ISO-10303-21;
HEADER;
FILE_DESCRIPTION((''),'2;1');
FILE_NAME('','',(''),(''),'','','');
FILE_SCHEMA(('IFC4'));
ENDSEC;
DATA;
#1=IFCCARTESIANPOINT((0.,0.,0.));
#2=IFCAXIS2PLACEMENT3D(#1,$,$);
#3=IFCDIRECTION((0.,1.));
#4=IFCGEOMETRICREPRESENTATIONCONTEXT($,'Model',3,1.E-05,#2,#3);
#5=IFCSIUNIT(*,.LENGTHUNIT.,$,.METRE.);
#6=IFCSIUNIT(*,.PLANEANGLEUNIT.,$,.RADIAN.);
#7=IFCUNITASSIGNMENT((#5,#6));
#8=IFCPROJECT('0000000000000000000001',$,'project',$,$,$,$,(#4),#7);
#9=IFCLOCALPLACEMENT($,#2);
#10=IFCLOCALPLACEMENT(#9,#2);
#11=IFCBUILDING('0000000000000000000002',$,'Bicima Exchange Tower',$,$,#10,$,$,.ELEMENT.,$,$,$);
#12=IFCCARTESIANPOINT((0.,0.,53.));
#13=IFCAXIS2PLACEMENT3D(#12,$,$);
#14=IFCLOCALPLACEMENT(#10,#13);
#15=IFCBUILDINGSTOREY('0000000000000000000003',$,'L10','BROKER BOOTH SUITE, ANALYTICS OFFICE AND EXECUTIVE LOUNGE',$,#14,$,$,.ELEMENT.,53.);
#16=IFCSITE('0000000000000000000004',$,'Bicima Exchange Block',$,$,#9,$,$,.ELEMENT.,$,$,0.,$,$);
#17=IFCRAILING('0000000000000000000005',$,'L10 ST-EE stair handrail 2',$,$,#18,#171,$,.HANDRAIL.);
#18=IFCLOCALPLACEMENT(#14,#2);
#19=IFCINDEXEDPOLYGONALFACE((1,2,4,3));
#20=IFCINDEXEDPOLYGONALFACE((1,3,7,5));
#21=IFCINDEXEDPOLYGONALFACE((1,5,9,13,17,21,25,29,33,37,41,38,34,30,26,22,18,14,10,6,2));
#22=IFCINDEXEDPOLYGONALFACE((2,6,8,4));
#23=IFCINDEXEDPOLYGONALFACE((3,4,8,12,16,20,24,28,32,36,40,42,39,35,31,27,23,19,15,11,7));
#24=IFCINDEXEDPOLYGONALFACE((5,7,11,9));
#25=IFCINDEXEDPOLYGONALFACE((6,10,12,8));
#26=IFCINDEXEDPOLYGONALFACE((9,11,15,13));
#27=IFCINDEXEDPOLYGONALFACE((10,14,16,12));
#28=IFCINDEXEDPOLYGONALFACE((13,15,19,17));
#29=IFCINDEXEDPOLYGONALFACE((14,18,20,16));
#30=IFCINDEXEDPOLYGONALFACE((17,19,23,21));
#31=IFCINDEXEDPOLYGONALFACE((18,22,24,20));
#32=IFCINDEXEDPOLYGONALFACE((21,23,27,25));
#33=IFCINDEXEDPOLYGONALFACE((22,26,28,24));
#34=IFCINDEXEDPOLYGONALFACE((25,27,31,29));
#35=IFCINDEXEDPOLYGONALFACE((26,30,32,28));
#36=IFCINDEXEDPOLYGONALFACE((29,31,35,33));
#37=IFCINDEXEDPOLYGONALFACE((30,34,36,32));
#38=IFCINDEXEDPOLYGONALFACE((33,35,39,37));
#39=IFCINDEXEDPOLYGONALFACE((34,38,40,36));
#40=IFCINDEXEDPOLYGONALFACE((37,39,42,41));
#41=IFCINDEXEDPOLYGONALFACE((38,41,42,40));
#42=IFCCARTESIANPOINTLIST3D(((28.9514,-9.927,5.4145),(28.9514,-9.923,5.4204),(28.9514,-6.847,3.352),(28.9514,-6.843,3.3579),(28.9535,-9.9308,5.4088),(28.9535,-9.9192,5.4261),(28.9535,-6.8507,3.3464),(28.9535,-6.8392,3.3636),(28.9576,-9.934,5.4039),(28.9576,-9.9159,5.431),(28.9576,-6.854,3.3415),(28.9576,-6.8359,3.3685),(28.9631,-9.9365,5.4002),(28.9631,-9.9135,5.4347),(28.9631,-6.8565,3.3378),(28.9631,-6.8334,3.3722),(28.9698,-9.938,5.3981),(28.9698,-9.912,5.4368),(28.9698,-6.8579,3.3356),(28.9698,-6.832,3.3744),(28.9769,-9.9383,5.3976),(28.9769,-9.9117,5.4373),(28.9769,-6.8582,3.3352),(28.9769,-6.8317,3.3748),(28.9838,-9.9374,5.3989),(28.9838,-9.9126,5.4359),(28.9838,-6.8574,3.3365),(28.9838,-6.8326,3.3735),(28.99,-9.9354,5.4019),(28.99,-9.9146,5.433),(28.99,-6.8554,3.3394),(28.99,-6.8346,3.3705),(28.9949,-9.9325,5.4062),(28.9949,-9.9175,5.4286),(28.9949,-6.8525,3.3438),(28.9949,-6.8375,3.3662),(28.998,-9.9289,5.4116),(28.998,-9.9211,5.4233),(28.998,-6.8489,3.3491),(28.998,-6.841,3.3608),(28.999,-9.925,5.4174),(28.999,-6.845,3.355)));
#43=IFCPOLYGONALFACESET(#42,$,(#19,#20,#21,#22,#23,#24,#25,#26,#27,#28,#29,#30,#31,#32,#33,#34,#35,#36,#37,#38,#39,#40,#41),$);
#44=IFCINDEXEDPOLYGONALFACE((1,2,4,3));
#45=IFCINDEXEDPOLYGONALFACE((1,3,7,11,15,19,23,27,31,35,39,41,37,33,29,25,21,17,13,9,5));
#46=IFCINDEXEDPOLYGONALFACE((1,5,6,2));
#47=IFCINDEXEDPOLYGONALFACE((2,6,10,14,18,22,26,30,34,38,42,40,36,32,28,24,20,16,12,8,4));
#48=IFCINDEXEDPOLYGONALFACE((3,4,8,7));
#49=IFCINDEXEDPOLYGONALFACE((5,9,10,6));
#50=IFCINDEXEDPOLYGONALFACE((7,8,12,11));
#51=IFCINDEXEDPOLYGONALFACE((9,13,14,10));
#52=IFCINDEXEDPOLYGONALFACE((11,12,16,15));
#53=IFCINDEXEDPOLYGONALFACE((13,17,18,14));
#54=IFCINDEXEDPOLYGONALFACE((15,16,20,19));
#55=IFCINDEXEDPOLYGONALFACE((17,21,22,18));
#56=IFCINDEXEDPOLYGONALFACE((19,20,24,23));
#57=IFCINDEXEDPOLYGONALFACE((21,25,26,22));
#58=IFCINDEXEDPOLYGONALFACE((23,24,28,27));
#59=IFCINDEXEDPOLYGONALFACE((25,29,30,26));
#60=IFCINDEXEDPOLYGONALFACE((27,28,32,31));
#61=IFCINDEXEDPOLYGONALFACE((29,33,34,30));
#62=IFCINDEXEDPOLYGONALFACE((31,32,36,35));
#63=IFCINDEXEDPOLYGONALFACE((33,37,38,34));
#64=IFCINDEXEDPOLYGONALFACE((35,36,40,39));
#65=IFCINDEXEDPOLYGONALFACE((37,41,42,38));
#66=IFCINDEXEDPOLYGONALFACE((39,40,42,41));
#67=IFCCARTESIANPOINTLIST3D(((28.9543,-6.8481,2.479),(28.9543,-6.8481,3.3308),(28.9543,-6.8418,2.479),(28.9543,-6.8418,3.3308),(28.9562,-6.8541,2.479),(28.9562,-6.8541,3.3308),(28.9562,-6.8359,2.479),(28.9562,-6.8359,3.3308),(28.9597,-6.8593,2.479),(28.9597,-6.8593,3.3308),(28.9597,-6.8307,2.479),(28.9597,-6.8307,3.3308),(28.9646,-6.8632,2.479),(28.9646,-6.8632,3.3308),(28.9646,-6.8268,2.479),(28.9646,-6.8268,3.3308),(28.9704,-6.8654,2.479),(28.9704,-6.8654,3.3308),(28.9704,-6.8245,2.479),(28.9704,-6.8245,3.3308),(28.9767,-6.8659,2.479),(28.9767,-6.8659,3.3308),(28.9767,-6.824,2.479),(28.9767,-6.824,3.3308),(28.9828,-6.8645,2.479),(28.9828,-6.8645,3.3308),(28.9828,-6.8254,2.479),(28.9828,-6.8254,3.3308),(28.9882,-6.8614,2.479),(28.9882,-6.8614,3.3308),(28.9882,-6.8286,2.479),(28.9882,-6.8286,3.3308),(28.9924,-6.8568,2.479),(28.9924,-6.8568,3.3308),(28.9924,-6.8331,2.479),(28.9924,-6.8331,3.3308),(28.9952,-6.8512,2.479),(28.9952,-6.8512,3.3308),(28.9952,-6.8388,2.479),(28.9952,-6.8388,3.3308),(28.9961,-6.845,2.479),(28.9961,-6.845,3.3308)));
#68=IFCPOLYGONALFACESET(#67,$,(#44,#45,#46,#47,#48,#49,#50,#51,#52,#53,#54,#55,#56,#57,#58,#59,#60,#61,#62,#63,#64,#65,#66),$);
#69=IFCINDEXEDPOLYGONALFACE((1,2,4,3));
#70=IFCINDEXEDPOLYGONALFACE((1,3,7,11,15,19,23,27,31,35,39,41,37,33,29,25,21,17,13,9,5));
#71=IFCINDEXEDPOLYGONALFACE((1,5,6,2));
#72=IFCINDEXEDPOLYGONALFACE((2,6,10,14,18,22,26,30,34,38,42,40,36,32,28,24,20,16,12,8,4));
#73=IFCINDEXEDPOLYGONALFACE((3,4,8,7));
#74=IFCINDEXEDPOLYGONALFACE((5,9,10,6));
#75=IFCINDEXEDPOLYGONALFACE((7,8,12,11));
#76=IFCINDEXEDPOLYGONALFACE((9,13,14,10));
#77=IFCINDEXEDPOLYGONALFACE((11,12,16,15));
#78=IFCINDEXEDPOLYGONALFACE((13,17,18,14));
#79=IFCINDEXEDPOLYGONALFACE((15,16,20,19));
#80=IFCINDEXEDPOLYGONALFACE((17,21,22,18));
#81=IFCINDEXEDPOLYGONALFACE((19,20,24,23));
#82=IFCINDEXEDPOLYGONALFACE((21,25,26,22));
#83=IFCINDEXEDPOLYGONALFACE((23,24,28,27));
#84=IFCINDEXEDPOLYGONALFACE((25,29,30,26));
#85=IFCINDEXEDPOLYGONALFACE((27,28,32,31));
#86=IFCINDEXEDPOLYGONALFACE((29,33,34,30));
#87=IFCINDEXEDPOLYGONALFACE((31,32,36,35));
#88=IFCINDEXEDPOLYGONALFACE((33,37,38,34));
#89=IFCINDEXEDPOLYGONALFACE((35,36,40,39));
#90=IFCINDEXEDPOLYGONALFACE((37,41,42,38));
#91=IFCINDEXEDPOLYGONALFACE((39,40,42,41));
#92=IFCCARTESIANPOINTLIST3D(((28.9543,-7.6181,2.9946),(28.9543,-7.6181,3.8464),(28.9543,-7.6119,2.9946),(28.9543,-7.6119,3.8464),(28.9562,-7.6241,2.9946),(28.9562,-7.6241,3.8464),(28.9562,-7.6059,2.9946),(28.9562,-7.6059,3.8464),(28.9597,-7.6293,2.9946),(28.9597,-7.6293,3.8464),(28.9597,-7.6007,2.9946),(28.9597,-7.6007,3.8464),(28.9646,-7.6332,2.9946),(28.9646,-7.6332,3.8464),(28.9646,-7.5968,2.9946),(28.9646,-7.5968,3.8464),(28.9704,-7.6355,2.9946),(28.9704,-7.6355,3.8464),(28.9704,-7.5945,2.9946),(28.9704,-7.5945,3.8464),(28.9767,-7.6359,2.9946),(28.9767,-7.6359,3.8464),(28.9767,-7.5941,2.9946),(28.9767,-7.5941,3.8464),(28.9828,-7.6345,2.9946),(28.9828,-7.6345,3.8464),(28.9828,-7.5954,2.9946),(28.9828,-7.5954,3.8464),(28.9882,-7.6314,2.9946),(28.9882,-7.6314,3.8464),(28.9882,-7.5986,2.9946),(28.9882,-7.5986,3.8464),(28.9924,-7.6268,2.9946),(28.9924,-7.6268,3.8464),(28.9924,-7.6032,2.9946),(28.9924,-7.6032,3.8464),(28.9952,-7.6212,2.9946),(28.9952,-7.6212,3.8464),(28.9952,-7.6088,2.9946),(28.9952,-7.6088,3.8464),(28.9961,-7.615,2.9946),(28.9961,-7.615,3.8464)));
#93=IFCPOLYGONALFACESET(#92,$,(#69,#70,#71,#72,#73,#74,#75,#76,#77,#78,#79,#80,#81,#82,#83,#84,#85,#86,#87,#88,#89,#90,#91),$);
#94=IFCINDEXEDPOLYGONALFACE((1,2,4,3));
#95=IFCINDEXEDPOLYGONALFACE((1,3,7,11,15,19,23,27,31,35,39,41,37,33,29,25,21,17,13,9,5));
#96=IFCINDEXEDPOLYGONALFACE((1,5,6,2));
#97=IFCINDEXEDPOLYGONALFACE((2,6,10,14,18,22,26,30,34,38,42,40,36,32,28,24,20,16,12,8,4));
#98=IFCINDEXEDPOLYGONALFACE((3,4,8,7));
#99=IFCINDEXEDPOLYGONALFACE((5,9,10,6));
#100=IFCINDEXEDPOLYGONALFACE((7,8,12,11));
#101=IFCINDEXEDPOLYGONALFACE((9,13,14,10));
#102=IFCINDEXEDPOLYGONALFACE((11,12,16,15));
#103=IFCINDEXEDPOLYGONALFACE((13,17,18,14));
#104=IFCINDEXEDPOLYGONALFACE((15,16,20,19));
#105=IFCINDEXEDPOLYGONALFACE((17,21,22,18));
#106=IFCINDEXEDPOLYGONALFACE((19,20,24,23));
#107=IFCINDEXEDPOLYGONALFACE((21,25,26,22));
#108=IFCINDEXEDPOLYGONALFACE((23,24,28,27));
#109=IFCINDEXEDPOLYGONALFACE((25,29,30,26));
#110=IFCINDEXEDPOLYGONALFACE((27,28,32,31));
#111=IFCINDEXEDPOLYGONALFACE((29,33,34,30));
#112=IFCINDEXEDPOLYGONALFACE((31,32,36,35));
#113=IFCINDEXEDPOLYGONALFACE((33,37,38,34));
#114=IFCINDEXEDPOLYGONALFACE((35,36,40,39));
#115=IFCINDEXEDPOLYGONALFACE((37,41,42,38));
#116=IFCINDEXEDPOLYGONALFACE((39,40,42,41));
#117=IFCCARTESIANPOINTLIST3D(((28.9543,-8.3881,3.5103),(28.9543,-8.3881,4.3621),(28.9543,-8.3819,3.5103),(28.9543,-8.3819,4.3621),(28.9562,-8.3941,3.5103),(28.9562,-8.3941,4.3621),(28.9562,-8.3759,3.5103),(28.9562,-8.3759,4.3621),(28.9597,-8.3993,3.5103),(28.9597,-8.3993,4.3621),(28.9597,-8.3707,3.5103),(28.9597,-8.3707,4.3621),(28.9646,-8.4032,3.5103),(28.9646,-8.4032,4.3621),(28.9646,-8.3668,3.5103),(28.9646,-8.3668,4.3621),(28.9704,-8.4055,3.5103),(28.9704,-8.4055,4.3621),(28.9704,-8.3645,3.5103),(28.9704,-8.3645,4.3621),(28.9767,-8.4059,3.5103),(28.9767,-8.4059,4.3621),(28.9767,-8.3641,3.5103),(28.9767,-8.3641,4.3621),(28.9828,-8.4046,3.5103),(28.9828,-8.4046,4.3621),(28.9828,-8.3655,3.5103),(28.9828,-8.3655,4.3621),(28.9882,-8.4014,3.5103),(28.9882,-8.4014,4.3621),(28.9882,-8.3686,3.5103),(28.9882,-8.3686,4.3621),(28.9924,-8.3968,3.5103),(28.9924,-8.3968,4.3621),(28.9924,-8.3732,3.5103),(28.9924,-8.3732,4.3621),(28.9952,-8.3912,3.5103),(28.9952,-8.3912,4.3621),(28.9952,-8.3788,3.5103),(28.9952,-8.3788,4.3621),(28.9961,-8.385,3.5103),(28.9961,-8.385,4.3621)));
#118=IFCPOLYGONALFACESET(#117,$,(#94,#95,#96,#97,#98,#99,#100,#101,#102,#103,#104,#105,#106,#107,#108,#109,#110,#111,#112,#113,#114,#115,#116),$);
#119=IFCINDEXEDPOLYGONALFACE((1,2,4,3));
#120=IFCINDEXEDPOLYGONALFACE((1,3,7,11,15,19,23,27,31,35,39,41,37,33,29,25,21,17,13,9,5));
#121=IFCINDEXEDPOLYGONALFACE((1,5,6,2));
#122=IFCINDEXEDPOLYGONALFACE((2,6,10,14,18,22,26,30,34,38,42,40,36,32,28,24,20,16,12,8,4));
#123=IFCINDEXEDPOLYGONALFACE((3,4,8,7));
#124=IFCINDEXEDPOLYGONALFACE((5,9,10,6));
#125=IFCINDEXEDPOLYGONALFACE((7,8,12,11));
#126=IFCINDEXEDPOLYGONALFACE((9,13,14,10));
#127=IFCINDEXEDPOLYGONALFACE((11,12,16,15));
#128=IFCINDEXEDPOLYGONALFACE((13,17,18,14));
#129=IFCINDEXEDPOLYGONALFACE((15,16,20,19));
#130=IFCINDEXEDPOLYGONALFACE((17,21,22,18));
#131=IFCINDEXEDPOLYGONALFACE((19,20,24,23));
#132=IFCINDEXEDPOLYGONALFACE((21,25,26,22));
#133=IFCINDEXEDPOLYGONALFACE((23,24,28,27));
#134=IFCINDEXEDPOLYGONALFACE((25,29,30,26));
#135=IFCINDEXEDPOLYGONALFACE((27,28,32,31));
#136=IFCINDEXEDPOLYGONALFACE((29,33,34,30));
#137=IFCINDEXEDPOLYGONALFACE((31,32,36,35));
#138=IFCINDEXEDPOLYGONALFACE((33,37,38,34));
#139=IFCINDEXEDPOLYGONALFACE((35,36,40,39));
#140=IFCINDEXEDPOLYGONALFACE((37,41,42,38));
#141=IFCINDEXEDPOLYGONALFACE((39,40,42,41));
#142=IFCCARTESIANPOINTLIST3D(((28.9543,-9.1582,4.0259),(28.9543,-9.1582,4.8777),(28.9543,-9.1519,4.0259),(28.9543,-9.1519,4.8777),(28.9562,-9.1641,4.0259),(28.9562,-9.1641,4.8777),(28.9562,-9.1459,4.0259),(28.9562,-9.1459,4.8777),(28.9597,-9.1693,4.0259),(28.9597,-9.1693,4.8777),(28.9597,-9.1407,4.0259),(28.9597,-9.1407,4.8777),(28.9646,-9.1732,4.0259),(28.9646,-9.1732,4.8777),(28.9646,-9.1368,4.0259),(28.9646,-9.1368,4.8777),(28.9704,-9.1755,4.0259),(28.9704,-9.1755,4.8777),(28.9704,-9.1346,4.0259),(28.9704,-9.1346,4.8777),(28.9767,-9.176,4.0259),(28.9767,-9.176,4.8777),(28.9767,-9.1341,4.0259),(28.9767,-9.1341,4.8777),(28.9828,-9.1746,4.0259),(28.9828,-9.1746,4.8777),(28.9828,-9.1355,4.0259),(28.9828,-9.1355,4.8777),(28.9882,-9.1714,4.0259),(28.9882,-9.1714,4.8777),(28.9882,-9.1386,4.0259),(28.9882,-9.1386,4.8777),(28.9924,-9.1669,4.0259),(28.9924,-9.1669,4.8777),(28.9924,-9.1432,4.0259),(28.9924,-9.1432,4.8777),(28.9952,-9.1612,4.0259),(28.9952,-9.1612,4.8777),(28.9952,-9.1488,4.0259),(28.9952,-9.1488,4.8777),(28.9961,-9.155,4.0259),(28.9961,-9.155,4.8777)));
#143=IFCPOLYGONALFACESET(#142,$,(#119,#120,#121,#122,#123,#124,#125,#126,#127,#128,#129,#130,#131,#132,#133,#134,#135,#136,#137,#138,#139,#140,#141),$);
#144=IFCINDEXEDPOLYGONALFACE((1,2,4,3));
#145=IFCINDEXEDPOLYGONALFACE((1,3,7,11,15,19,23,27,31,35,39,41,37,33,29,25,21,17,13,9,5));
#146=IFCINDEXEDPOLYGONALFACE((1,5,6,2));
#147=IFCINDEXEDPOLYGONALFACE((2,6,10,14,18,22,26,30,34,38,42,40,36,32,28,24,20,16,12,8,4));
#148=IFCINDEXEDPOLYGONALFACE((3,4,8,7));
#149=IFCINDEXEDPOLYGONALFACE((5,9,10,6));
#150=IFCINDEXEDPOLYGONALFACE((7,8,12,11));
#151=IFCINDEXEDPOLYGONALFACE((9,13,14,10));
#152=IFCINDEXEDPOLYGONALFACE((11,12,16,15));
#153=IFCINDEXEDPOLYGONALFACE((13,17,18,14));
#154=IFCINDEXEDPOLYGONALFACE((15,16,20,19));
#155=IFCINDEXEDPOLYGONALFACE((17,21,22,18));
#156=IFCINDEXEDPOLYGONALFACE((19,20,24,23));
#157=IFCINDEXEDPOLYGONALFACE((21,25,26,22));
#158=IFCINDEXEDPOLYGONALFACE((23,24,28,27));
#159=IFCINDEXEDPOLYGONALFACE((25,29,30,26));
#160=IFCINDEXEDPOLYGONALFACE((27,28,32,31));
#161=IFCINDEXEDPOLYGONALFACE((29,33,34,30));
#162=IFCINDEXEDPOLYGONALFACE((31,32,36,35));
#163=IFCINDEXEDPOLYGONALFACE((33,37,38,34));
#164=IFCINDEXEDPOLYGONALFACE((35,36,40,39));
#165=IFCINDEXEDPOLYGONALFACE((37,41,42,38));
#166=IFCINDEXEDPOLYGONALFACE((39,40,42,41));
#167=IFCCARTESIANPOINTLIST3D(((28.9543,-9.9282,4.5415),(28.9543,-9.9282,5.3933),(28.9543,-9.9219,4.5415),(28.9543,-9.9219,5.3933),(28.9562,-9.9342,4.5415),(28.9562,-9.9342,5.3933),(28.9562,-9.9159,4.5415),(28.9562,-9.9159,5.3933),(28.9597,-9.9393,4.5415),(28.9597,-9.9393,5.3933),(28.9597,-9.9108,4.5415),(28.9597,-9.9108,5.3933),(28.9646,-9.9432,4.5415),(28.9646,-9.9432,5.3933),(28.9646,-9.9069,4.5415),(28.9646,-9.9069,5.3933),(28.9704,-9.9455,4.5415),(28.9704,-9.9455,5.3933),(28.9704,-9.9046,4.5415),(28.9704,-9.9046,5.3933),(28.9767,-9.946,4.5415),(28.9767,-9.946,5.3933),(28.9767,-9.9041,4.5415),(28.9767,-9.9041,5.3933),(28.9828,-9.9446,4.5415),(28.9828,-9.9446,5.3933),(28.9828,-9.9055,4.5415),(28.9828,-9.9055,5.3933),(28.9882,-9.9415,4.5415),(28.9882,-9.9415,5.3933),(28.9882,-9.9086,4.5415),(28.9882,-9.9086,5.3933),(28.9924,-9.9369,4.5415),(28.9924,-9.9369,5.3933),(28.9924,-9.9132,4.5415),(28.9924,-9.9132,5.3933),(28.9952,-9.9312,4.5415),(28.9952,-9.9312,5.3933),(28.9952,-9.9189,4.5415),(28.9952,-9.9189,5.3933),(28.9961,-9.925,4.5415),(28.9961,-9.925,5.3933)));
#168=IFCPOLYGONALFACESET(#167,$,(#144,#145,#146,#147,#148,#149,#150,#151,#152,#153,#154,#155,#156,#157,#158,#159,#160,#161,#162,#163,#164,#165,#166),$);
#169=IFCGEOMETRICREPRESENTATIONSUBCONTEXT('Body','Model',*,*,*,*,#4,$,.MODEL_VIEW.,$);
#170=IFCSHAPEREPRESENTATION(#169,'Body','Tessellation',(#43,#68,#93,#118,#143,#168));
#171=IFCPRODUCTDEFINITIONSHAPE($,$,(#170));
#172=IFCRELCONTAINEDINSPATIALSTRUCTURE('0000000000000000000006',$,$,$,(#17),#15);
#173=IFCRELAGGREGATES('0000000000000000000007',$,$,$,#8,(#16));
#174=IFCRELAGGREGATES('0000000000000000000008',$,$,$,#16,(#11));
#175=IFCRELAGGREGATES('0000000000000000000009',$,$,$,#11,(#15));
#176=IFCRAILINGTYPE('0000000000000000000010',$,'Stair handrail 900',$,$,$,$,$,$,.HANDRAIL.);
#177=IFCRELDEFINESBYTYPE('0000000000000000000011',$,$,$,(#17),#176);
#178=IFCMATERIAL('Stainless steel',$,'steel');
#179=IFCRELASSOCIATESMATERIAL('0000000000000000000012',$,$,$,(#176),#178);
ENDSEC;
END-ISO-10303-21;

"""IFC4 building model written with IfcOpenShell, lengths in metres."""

from ifc_helpers import new_model, si_unit, direction, frame, origin, origin_2d, place, context, subcontext, project, spatial, circle, extrude, material, type_object, element, save


model = new_model("IFC4")

# Units and contexts
model_context = context("Model", 3, precision=1e-05, world=origin(), true_north=direction((0.0, 1.0)))
body_context = subcontext(model_context, "Body", "Model", "MODEL_VIEW")
ifc_project = project(units=[si_unit("LENGTHUNIT", "METRE"), si_unit("PLANEANGLEUNIT", "RADIAN")], contexts=[model_context])

# Site, building, storey
site_placement = place(None, origin())
site = spatial("IfcSite", under=ifc_project, at=site_placement, Name="Bicima Exchange Block", CompositionType="ELEMENT", RefElevation=0.0)
building_placement = place(site_placement, origin())
building = spatial("IfcBuilding", under=site, at=building_placement, Name="Bicima Exchange Tower", CompositionType="ELEMENT")
storey_placement = place(building_placement, frame((0.0, 0.0, 53.0)))
storey = spatial("IfcBuildingStorey", under=building, at=storey_placement, Name="L10", Description="BROKER BOOTH SUITE, ANALYTICS OFFICE AND EXECUTIVE LOUNGE", CompositionType="ELEMENT", Elevation=53.0)

# Railing
ifc_material_1 = material(Name="Stainless steel", Category="steel")
railing_type = type_object("IfcRailingType", Name="Stair handrail 900", PredefinedType="HANDRAIL", material=ifc_material_1)
railing_1_placement = place(storey_placement, frame((28.9751, -6.845, 2.479)))
element("IfcRailing", 1, at=railing_1_placement, inside=storey, type_object=railing_type, Name="L10 ST-EE stair handrail 2", PredefinedType="HANDRAIL", context=body_context, shape_type="SweptSolid", body=[
    extrude(circle(Radius=0.0239, at=origin_2d()), frame((0.0, 0.0, 0.876), z_axis=(0.0, -0.830914, 0.556401), x_axis=(1.0, 0.0, 0.0)), (0.0, 0.0, 1.0), 3.7068),
    extrude(circle(Radius=0.021, at=origin_2d()), origin(), (0.0, 0.0, 1.0), 0.8518),
    extrude(circle(Radius=0.021, at=origin_2d()), frame((0.0, -0.77, 0.5156)), (0.0, 0.0, 1.0), 0.8518),
    extrude(circle(Radius=0.021, at=origin_2d()), frame((0.0, -1.54, 1.0312)), (0.0, 0.0, 1.0), 0.8518),
    extrude(circle(Radius=0.021, at=origin_2d()), frame((0.0, -2.3101, 1.5469)), (0.0, 0.0, 1.0), 0.8518),
    extrude(circle(Radius=0.021, at=origin_2d()), frame((0.0, -3.0801, 2.0625)), (0.0, 0.0, 1.0), 0.8518),
])

save(model, "model.ifc")
